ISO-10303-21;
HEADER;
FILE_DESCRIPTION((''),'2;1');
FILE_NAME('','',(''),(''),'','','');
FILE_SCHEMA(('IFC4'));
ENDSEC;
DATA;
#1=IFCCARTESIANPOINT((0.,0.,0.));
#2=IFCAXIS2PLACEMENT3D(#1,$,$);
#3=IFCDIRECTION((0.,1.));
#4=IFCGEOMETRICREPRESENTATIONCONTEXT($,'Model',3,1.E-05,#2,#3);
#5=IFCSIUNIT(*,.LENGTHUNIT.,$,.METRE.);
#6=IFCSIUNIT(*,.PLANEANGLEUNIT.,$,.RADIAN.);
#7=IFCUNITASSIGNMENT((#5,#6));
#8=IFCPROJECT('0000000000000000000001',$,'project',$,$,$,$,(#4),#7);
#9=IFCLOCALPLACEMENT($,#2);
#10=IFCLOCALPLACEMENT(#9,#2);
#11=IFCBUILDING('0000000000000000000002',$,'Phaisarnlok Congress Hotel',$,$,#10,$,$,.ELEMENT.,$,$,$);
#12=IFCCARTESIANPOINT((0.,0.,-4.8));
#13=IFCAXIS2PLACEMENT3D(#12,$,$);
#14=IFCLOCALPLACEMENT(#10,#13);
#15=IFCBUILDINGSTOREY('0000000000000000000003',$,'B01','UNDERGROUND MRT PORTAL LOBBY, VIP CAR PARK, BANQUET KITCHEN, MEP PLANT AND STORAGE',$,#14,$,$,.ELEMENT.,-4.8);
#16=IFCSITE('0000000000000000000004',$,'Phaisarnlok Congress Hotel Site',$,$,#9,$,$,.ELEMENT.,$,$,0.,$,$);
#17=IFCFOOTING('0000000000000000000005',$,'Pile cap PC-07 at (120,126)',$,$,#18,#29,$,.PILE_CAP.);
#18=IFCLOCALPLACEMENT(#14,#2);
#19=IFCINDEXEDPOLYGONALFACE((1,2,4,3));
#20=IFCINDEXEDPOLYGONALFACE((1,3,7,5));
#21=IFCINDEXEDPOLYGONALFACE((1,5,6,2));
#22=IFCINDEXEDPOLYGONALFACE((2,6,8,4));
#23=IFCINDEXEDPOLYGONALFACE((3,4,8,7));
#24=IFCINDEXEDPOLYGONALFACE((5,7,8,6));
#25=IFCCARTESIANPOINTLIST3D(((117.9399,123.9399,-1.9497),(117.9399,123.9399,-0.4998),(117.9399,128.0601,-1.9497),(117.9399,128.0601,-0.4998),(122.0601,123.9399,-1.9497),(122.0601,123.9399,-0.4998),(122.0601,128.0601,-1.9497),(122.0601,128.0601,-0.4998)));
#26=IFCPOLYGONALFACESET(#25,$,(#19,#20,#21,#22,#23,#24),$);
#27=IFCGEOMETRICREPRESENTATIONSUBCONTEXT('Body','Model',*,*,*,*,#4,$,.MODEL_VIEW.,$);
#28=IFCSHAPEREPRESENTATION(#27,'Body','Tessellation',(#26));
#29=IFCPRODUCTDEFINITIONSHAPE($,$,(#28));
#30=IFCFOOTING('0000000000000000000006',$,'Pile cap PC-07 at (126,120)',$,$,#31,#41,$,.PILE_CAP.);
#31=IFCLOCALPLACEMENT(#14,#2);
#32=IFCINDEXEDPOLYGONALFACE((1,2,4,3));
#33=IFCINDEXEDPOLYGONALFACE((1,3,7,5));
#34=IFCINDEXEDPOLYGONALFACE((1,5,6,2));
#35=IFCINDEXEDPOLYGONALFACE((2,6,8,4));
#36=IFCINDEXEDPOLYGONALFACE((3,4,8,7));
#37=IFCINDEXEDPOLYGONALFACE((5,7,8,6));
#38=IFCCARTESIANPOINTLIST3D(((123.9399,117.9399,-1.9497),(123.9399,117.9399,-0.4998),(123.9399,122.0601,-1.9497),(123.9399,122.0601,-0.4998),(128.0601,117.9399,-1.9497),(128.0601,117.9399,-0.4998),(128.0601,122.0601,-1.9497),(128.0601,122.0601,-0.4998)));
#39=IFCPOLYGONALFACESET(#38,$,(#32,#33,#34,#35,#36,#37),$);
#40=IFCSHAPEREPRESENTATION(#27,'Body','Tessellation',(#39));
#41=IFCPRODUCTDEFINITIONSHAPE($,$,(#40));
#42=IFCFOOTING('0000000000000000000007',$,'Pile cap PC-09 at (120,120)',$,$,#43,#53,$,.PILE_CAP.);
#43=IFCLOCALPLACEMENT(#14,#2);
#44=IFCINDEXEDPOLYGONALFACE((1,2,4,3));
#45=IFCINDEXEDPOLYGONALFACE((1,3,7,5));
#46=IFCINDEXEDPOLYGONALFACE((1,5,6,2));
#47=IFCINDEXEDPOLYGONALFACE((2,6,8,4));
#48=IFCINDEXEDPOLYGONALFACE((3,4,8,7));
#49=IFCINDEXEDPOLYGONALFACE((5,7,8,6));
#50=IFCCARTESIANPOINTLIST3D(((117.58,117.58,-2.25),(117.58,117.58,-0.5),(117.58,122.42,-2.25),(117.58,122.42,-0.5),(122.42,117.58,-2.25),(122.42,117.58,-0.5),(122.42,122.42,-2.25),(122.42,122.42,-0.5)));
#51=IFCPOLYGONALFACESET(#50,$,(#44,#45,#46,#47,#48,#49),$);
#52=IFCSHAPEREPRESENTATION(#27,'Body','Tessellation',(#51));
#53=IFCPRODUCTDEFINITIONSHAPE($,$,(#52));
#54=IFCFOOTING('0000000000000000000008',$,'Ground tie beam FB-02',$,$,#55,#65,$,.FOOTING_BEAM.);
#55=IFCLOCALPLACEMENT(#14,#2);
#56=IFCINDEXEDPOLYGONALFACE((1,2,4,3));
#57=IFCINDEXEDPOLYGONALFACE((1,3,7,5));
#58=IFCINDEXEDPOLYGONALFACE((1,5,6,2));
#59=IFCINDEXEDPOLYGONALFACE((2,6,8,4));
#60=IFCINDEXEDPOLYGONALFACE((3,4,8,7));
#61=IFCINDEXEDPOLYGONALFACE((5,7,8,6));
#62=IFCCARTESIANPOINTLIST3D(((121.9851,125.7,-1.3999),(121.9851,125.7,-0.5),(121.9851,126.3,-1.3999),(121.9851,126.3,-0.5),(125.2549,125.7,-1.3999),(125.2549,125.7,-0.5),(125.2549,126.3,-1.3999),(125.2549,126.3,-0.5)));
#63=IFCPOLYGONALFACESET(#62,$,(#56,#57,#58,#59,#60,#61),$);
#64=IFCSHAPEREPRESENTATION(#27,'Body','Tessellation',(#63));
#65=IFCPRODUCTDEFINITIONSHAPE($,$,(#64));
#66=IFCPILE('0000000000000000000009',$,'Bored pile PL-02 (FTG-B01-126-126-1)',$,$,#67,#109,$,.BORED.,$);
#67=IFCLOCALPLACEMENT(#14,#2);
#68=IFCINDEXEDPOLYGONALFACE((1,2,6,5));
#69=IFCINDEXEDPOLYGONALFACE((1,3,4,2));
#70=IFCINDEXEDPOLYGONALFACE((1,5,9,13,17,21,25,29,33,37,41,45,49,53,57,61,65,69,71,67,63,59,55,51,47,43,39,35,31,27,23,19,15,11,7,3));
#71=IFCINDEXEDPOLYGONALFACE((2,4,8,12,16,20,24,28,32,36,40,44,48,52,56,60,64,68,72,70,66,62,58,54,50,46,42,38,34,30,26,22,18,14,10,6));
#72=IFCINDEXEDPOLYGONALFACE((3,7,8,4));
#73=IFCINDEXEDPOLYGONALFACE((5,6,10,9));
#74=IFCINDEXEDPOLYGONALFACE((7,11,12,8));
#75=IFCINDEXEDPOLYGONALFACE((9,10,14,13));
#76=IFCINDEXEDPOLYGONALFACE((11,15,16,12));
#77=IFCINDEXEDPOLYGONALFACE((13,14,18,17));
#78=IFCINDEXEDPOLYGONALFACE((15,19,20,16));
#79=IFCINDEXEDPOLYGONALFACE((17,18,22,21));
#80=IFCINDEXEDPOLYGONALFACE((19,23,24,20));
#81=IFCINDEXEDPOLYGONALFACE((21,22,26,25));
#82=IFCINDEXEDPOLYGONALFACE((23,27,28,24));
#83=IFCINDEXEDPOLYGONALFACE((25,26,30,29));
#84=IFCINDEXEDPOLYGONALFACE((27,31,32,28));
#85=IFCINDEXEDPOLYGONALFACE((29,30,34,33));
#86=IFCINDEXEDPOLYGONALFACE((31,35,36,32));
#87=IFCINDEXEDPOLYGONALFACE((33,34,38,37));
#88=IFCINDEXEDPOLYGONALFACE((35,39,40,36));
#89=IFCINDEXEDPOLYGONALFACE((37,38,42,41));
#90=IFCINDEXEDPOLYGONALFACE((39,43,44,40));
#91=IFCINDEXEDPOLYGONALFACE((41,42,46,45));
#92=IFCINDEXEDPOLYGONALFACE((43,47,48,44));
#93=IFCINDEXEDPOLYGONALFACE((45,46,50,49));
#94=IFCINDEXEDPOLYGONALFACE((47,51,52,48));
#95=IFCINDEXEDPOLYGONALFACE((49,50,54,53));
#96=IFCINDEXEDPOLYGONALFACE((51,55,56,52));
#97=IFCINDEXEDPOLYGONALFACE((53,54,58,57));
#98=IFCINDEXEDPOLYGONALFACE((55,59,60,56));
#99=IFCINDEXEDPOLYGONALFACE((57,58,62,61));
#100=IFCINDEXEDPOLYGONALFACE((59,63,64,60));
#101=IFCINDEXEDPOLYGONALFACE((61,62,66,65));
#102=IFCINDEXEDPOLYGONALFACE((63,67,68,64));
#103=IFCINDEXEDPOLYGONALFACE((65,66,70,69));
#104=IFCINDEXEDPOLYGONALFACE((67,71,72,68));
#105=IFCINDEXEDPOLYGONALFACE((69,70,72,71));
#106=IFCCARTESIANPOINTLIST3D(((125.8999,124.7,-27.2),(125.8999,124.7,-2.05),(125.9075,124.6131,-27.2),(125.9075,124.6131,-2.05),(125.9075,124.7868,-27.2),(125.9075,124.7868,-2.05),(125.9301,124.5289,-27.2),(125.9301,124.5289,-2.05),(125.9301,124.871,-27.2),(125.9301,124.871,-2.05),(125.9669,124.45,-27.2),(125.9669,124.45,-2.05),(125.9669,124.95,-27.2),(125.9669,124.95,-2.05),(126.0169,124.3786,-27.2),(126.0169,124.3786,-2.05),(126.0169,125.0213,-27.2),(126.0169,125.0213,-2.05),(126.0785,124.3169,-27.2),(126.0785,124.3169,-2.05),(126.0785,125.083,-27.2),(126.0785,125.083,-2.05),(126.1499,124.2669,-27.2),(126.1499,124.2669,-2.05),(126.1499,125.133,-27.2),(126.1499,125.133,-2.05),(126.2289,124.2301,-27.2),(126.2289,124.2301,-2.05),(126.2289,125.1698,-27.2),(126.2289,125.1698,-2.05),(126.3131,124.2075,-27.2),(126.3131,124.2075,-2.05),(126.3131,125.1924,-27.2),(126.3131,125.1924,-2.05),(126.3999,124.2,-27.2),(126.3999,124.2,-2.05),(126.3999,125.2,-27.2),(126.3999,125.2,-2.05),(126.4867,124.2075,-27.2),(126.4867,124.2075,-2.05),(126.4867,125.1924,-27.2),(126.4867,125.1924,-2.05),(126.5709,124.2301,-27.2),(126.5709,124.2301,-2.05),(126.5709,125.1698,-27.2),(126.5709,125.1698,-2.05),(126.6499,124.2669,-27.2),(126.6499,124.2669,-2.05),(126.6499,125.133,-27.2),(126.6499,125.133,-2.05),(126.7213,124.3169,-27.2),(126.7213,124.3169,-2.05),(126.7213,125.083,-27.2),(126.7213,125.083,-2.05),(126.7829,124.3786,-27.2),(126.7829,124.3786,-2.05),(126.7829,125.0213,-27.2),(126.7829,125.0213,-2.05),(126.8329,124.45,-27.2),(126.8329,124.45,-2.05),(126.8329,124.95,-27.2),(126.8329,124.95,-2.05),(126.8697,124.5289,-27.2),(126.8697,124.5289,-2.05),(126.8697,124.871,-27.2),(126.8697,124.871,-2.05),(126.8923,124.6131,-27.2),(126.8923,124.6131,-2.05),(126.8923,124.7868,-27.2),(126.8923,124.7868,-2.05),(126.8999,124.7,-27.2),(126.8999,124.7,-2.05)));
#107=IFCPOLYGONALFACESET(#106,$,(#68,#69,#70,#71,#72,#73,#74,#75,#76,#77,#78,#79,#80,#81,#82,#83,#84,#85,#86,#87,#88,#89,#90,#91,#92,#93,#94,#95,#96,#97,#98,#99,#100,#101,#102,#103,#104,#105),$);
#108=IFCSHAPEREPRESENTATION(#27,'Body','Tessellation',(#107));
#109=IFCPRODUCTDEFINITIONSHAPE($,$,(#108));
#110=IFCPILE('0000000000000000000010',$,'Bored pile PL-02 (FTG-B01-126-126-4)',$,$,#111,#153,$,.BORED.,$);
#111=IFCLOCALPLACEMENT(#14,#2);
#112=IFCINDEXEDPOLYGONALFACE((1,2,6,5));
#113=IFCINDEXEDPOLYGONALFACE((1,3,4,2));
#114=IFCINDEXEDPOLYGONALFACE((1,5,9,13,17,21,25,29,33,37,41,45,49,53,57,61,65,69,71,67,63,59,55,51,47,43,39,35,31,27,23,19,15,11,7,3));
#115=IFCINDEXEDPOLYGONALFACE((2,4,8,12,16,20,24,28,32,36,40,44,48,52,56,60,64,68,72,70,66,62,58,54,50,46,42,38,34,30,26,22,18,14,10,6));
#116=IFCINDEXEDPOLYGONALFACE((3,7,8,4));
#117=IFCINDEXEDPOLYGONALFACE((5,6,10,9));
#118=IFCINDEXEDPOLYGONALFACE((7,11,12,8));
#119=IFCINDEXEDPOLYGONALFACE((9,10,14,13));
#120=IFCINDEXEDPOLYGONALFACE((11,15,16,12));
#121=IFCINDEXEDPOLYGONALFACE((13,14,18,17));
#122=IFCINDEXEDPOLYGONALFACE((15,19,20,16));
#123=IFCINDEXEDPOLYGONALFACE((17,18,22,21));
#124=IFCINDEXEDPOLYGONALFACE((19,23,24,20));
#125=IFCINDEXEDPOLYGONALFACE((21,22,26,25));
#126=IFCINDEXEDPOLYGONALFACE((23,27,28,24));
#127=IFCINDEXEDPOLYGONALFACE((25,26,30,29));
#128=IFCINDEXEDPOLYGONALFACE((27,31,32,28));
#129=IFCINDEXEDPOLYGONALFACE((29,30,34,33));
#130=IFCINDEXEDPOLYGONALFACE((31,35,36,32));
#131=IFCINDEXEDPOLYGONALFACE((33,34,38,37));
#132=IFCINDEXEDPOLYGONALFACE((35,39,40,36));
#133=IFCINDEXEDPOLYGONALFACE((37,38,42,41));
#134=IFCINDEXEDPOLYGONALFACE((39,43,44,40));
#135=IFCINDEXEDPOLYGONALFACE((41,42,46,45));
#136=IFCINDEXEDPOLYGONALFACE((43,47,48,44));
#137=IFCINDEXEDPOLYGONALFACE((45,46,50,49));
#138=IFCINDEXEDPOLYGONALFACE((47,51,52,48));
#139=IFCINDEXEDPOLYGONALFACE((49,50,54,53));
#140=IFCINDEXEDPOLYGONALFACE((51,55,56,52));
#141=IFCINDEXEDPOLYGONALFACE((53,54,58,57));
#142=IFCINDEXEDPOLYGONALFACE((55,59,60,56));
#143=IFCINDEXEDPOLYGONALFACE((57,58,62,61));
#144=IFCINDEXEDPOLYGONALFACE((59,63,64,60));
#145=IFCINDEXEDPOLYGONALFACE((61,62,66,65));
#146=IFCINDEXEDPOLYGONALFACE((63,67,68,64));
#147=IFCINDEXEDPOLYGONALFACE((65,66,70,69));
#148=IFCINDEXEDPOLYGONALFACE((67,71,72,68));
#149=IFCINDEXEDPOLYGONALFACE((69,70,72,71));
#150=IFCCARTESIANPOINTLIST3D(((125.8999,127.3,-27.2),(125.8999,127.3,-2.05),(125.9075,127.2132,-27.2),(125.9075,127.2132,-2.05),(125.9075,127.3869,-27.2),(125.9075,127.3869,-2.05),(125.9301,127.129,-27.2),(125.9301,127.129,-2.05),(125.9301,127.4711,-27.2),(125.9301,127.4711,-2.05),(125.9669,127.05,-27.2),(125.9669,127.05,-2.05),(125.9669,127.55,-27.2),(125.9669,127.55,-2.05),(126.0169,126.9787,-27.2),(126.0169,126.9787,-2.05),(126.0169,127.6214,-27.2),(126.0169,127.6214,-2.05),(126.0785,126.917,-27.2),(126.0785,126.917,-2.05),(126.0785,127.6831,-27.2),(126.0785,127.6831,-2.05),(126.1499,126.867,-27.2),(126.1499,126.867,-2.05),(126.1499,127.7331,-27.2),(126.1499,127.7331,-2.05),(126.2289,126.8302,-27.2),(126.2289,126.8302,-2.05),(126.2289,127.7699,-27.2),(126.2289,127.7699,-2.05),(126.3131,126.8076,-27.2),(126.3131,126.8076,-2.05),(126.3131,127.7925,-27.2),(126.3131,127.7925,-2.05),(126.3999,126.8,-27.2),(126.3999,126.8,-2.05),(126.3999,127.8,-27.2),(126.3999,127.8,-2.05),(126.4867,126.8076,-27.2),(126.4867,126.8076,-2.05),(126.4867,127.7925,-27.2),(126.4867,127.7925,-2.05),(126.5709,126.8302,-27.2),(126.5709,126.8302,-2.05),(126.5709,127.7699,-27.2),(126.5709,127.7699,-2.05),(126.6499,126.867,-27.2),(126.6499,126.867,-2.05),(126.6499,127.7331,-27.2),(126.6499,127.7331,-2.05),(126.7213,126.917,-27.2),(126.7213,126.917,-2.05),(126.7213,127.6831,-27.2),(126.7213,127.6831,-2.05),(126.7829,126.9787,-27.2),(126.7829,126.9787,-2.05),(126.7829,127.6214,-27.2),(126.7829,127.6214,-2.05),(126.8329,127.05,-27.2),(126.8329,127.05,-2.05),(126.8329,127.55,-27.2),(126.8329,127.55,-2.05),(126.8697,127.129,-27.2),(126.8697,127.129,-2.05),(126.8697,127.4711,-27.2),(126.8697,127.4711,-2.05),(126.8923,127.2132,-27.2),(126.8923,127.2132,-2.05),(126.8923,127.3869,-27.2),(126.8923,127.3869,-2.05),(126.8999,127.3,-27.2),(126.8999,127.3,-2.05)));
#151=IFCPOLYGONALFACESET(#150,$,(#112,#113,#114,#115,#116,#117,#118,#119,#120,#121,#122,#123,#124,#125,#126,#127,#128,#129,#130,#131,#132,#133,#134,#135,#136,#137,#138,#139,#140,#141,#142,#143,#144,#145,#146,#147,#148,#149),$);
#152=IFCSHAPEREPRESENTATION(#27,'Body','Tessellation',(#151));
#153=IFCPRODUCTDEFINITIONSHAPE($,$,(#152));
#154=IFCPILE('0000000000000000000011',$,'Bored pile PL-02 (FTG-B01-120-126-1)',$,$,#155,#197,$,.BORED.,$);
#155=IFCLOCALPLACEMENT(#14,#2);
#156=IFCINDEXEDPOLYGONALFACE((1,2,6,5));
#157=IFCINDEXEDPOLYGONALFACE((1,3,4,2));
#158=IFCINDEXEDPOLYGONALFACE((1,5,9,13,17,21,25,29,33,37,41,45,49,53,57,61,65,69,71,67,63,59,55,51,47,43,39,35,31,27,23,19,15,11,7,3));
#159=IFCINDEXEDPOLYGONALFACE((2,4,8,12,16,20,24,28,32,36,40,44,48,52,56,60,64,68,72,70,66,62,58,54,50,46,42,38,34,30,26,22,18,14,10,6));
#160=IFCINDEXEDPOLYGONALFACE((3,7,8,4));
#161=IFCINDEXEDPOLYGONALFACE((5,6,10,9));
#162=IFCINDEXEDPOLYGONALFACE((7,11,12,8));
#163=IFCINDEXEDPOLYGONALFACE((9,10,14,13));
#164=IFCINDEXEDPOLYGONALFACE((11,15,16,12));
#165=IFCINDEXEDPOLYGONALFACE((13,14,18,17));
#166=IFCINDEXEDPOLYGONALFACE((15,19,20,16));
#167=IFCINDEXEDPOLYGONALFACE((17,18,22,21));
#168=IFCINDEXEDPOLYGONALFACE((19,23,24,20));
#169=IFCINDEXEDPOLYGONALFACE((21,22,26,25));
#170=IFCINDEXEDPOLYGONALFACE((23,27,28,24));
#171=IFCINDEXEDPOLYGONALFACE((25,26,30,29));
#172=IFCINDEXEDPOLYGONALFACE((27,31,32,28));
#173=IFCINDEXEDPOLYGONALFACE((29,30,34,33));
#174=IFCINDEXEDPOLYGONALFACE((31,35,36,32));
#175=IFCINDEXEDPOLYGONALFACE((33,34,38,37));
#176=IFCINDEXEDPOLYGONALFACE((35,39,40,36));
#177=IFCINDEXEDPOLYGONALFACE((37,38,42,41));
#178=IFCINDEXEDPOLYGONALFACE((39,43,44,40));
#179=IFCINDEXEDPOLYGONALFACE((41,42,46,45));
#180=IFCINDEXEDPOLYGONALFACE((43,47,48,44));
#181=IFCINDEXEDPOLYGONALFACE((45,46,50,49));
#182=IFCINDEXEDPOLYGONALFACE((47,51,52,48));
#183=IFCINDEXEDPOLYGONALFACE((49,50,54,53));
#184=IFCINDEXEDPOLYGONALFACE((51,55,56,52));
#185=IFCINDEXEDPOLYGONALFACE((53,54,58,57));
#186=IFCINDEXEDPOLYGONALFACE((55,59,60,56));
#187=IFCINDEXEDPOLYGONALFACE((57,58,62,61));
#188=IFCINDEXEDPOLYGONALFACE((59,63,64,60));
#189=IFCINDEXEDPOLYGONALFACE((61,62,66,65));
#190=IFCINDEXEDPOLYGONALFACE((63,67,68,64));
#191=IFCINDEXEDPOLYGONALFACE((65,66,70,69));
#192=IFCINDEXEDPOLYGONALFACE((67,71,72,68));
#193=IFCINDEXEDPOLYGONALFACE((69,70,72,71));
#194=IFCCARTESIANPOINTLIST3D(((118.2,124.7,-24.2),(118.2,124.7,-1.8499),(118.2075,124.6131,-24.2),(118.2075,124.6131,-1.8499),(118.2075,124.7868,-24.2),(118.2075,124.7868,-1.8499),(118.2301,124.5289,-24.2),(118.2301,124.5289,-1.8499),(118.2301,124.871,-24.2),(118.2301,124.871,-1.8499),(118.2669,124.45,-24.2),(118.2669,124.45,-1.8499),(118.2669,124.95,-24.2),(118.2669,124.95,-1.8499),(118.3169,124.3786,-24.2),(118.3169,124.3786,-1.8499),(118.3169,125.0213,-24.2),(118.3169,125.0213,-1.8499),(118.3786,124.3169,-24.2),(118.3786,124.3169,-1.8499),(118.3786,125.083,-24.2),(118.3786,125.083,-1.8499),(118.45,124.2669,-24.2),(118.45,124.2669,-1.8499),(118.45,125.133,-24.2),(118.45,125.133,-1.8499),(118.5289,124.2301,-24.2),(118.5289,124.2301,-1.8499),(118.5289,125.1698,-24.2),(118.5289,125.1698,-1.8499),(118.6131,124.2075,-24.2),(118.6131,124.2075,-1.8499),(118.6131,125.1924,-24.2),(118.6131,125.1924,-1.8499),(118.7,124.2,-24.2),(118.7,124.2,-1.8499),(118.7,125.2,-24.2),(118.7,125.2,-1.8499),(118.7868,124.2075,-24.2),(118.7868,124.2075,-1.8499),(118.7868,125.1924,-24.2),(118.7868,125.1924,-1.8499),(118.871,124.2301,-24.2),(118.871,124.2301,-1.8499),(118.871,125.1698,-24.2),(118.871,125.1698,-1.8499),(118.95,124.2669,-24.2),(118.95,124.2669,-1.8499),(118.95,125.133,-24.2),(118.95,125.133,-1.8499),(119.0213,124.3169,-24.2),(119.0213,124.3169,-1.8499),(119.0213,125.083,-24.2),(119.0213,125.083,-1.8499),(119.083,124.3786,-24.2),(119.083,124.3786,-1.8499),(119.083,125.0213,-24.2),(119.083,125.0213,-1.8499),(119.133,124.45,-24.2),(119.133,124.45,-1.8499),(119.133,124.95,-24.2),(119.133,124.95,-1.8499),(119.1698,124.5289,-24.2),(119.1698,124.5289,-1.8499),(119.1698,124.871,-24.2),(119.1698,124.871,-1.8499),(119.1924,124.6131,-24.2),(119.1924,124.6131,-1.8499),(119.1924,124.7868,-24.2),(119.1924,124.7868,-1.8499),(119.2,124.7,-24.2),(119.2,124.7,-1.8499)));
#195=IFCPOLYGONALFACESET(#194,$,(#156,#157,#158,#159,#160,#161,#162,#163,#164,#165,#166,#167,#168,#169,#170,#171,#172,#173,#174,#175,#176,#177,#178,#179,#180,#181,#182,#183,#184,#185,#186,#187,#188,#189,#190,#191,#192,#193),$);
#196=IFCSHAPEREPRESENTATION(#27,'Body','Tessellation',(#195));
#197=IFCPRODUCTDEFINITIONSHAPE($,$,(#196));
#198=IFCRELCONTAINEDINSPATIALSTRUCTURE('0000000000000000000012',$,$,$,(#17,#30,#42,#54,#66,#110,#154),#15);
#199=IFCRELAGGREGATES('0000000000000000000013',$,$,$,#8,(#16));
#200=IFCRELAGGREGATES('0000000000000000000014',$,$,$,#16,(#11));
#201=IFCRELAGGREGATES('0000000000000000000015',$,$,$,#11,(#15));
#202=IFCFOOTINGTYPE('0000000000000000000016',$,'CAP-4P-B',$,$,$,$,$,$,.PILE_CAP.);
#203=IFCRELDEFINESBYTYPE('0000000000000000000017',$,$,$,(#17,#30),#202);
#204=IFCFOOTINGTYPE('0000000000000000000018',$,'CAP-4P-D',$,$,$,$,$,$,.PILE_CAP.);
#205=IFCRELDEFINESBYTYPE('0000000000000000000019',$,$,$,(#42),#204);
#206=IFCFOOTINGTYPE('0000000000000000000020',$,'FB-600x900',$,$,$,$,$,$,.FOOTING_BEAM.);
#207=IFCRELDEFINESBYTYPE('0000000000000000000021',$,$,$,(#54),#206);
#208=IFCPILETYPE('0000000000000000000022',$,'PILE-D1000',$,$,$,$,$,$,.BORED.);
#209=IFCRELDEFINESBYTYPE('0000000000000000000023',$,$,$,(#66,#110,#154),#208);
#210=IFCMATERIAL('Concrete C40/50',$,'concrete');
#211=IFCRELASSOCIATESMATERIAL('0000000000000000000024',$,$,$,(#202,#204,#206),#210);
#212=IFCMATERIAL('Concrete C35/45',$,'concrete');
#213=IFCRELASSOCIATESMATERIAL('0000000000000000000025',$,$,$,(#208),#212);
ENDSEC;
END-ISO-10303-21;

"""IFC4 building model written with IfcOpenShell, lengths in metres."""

from ifc_helpers import new_model, si_unit, direction, frame, origin, origin_2d, place, context, subcontext, project, spatial, rectangle, circle, extrude, material, material_profile, profile_set, type_object, element, save


model = new_model("IFC4")

# Units and contexts
model_context = context("Model", 3, precision=1e-05, world=origin(), true_north=direction((0.0, 1.0)))
body_context = subcontext(model_context, "Body", "Model", "MODEL_VIEW")
ifc_project = project(units=[si_unit("LENGTHUNIT", "METRE"), si_unit("PLANEANGLEUNIT", "RADIAN")], contexts=[model_context])

# Site, building, storey
site_placement = place(None, origin())
site = spatial("IfcSite", under=ifc_project, at=site_placement, Name="Phaisarnlok Congress Hotel Site", CompositionType="ELEMENT", RefElevation=0.0)
building_placement = place(site_placement, origin())
building = spatial("IfcBuilding", under=site, at=building_placement, Name="Phaisarnlok Congress Hotel", CompositionType="ELEMENT")
storey_placement = place(building_placement, frame((0.0, 0.0, -4.8)))
storey = spatial("IfcBuildingStorey", under=building, at=storey_placement, Name="B01", Description="UNDERGROUND MRT PORTAL LOBBY, VIP CAR PARK, BANQUET KITCHEN, MEP PLANT AND STORAGE", CompositionType="ELEMENT", Elevation=-4.8)

# Footings
ifc_material_1 = material(Name="Concrete C40/50", Category="concrete")
footing_type_1 = type_object("IfcFootingType", Name="CAP-4P-B", PredefinedType="PILE_CAP", material=ifc_material_1)
for number, where, z_axis, x_axis, name in (
    (1, (120.0, 126.0, -1.9497), (0.0, 0.0, 1.0), (1.0, 0.0, 0.0), "Pile cap PC-07 at (120,126)"),
    (2, (126.0, 120.0, -1.9497), (0.0, 0.0, 1.0), (1.0, 0.0, 0.0), "Pile cap PC-07 at (126,120)"),
):
    element("IfcFooting", number, at=place(storey_placement, frame(where, z_axis=z_axis, x_axis=x_axis)), inside=storey, type_object=footing_type_1, Name=name, PredefinedType="PILE_CAP", context=body_context, shape_type="SweptSolid", body=[
        extrude(rectangle(XDim=4.1201, YDim=4.1201, at=origin_2d()), origin(), (0.0, 0.0, 1.0), 1.45),
    ])
footing_type_2 = type_object("IfcFootingType", Name="CAP-4P-D", PredefinedType="PILE_CAP", material=ifc_material_1)
footing_1_placement = place(storey_placement, frame((120.0, 120.0, -2.25), z_axis=(0.0, 0.0, 1.0), x_axis=(1.0, 0.0, 0.0)))
element("IfcFooting", 3, at=footing_1_placement, inside=storey, type_object=footing_type_2, Name="Pile cap PC-09 at (120,120)", PredefinedType="PILE_CAP", context=body_context, shape_type="SweptSolid", body=[
    extrude(rectangle(XDim=4.8401, YDim=4.8401, at=origin_2d()), origin(), (0.0, 0.0, 1.0), 1.75),
])
ifc_material_profile_1 = material_profile(ifc_material_1, rectangle(XDim=0.6001, YDim=0.8999, at=origin_2d()), Name="FB-600x900")
ifc_profile_set_1 = profile_set([ifc_material_profile_1], Name="Concrete C40/50")
footing_type_3 = type_object("IfcFootingType", Name="FB-600x900", PredefinedType="FOOTING_BEAM", material=ifc_profile_set_1)
footing_2_placement = place(storey_placement, frame((121.9851, 126.0, -0.95), z_axis=(1.0, 0.0, 0.0), x_axis=(0.0, 1.0, 0.0)))
element("IfcFooting", 4, at=footing_2_placement, inside=storey, type_object=footing_type_3, Name="Ground tie beam FB-02", PredefinedType="FOOTING_BEAM", context=body_context, shape_type="SweptSolid", body=[
    extrude(rectangle(XDim=0.6001, YDim=0.8999, at=origin_2d()), origin(), (0.0, 0.0, 1.0), 3.2698),
])

# Piles
ifc_material_2 = material(Name="Concrete C35/45", Category="concrete")
ifc_material_profile_2 = material_profile(ifc_material_2, circle(Radius=0.5, at=origin_2d()), Name="BORED PILE D1000")
ifc_profile_set_2 = profile_set([ifc_material_profile_2], Name="Concrete C35/45")
pile_type_1 = type_object("IfcPileType", Name="PILE-D1000", PredefinedType="BORED", material=ifc_profile_set_2)
for number, where, z_axis, x_axis, name in (
    (5, (126.3999, 124.7, -2.05), (0.0, 0.0, -1.0), (1.0, 0.0, 0.0), "Bored pile PL-02 (FTG-B01-126-126-1)"),
    (6, (126.3999, 127.3, -2.05), (0.0, 0.0, -1.0), (1.0, 0.0, 0.0), "Bored pile PL-02 (FTG-B01-126-126-4)"),
):
    element("IfcPile", number, at=place(storey_placement, frame(where, z_axis=z_axis, x_axis=x_axis)), inside=storey, type_object=pile_type_1, Name=name, PredefinedType="BORED", context=body_context, shape_type="SweptSolid", body=[
        extrude(circle(Radius=0.5, at=origin_2d()), origin(), (0.0, 0.0, 1.0), 25.1499),
    ])
for number, where, z_axis, x_axis, name in (
    (7, (118.7, 124.7, -1.8499), (0.0, 0.0, -1.0), (1.0, 0.0, 0.0), "Bored pile PL-02 (FTG-B01-120-126-1)"),
):
    element("IfcPile", number, at=place(storey_placement, frame(where, z_axis=z_axis, x_axis=x_axis)), inside=storey, type_object=pile_type_1, Name=name, PredefinedType="BORED", context=body_context, shape_type="SweptSolid", body=[
        extrude(circle(Radius=0.5, at=origin_2d()), origin(), (0.0, 0.0, 1.0), 22.3501),
    ])

save(model, "model.ifc")
